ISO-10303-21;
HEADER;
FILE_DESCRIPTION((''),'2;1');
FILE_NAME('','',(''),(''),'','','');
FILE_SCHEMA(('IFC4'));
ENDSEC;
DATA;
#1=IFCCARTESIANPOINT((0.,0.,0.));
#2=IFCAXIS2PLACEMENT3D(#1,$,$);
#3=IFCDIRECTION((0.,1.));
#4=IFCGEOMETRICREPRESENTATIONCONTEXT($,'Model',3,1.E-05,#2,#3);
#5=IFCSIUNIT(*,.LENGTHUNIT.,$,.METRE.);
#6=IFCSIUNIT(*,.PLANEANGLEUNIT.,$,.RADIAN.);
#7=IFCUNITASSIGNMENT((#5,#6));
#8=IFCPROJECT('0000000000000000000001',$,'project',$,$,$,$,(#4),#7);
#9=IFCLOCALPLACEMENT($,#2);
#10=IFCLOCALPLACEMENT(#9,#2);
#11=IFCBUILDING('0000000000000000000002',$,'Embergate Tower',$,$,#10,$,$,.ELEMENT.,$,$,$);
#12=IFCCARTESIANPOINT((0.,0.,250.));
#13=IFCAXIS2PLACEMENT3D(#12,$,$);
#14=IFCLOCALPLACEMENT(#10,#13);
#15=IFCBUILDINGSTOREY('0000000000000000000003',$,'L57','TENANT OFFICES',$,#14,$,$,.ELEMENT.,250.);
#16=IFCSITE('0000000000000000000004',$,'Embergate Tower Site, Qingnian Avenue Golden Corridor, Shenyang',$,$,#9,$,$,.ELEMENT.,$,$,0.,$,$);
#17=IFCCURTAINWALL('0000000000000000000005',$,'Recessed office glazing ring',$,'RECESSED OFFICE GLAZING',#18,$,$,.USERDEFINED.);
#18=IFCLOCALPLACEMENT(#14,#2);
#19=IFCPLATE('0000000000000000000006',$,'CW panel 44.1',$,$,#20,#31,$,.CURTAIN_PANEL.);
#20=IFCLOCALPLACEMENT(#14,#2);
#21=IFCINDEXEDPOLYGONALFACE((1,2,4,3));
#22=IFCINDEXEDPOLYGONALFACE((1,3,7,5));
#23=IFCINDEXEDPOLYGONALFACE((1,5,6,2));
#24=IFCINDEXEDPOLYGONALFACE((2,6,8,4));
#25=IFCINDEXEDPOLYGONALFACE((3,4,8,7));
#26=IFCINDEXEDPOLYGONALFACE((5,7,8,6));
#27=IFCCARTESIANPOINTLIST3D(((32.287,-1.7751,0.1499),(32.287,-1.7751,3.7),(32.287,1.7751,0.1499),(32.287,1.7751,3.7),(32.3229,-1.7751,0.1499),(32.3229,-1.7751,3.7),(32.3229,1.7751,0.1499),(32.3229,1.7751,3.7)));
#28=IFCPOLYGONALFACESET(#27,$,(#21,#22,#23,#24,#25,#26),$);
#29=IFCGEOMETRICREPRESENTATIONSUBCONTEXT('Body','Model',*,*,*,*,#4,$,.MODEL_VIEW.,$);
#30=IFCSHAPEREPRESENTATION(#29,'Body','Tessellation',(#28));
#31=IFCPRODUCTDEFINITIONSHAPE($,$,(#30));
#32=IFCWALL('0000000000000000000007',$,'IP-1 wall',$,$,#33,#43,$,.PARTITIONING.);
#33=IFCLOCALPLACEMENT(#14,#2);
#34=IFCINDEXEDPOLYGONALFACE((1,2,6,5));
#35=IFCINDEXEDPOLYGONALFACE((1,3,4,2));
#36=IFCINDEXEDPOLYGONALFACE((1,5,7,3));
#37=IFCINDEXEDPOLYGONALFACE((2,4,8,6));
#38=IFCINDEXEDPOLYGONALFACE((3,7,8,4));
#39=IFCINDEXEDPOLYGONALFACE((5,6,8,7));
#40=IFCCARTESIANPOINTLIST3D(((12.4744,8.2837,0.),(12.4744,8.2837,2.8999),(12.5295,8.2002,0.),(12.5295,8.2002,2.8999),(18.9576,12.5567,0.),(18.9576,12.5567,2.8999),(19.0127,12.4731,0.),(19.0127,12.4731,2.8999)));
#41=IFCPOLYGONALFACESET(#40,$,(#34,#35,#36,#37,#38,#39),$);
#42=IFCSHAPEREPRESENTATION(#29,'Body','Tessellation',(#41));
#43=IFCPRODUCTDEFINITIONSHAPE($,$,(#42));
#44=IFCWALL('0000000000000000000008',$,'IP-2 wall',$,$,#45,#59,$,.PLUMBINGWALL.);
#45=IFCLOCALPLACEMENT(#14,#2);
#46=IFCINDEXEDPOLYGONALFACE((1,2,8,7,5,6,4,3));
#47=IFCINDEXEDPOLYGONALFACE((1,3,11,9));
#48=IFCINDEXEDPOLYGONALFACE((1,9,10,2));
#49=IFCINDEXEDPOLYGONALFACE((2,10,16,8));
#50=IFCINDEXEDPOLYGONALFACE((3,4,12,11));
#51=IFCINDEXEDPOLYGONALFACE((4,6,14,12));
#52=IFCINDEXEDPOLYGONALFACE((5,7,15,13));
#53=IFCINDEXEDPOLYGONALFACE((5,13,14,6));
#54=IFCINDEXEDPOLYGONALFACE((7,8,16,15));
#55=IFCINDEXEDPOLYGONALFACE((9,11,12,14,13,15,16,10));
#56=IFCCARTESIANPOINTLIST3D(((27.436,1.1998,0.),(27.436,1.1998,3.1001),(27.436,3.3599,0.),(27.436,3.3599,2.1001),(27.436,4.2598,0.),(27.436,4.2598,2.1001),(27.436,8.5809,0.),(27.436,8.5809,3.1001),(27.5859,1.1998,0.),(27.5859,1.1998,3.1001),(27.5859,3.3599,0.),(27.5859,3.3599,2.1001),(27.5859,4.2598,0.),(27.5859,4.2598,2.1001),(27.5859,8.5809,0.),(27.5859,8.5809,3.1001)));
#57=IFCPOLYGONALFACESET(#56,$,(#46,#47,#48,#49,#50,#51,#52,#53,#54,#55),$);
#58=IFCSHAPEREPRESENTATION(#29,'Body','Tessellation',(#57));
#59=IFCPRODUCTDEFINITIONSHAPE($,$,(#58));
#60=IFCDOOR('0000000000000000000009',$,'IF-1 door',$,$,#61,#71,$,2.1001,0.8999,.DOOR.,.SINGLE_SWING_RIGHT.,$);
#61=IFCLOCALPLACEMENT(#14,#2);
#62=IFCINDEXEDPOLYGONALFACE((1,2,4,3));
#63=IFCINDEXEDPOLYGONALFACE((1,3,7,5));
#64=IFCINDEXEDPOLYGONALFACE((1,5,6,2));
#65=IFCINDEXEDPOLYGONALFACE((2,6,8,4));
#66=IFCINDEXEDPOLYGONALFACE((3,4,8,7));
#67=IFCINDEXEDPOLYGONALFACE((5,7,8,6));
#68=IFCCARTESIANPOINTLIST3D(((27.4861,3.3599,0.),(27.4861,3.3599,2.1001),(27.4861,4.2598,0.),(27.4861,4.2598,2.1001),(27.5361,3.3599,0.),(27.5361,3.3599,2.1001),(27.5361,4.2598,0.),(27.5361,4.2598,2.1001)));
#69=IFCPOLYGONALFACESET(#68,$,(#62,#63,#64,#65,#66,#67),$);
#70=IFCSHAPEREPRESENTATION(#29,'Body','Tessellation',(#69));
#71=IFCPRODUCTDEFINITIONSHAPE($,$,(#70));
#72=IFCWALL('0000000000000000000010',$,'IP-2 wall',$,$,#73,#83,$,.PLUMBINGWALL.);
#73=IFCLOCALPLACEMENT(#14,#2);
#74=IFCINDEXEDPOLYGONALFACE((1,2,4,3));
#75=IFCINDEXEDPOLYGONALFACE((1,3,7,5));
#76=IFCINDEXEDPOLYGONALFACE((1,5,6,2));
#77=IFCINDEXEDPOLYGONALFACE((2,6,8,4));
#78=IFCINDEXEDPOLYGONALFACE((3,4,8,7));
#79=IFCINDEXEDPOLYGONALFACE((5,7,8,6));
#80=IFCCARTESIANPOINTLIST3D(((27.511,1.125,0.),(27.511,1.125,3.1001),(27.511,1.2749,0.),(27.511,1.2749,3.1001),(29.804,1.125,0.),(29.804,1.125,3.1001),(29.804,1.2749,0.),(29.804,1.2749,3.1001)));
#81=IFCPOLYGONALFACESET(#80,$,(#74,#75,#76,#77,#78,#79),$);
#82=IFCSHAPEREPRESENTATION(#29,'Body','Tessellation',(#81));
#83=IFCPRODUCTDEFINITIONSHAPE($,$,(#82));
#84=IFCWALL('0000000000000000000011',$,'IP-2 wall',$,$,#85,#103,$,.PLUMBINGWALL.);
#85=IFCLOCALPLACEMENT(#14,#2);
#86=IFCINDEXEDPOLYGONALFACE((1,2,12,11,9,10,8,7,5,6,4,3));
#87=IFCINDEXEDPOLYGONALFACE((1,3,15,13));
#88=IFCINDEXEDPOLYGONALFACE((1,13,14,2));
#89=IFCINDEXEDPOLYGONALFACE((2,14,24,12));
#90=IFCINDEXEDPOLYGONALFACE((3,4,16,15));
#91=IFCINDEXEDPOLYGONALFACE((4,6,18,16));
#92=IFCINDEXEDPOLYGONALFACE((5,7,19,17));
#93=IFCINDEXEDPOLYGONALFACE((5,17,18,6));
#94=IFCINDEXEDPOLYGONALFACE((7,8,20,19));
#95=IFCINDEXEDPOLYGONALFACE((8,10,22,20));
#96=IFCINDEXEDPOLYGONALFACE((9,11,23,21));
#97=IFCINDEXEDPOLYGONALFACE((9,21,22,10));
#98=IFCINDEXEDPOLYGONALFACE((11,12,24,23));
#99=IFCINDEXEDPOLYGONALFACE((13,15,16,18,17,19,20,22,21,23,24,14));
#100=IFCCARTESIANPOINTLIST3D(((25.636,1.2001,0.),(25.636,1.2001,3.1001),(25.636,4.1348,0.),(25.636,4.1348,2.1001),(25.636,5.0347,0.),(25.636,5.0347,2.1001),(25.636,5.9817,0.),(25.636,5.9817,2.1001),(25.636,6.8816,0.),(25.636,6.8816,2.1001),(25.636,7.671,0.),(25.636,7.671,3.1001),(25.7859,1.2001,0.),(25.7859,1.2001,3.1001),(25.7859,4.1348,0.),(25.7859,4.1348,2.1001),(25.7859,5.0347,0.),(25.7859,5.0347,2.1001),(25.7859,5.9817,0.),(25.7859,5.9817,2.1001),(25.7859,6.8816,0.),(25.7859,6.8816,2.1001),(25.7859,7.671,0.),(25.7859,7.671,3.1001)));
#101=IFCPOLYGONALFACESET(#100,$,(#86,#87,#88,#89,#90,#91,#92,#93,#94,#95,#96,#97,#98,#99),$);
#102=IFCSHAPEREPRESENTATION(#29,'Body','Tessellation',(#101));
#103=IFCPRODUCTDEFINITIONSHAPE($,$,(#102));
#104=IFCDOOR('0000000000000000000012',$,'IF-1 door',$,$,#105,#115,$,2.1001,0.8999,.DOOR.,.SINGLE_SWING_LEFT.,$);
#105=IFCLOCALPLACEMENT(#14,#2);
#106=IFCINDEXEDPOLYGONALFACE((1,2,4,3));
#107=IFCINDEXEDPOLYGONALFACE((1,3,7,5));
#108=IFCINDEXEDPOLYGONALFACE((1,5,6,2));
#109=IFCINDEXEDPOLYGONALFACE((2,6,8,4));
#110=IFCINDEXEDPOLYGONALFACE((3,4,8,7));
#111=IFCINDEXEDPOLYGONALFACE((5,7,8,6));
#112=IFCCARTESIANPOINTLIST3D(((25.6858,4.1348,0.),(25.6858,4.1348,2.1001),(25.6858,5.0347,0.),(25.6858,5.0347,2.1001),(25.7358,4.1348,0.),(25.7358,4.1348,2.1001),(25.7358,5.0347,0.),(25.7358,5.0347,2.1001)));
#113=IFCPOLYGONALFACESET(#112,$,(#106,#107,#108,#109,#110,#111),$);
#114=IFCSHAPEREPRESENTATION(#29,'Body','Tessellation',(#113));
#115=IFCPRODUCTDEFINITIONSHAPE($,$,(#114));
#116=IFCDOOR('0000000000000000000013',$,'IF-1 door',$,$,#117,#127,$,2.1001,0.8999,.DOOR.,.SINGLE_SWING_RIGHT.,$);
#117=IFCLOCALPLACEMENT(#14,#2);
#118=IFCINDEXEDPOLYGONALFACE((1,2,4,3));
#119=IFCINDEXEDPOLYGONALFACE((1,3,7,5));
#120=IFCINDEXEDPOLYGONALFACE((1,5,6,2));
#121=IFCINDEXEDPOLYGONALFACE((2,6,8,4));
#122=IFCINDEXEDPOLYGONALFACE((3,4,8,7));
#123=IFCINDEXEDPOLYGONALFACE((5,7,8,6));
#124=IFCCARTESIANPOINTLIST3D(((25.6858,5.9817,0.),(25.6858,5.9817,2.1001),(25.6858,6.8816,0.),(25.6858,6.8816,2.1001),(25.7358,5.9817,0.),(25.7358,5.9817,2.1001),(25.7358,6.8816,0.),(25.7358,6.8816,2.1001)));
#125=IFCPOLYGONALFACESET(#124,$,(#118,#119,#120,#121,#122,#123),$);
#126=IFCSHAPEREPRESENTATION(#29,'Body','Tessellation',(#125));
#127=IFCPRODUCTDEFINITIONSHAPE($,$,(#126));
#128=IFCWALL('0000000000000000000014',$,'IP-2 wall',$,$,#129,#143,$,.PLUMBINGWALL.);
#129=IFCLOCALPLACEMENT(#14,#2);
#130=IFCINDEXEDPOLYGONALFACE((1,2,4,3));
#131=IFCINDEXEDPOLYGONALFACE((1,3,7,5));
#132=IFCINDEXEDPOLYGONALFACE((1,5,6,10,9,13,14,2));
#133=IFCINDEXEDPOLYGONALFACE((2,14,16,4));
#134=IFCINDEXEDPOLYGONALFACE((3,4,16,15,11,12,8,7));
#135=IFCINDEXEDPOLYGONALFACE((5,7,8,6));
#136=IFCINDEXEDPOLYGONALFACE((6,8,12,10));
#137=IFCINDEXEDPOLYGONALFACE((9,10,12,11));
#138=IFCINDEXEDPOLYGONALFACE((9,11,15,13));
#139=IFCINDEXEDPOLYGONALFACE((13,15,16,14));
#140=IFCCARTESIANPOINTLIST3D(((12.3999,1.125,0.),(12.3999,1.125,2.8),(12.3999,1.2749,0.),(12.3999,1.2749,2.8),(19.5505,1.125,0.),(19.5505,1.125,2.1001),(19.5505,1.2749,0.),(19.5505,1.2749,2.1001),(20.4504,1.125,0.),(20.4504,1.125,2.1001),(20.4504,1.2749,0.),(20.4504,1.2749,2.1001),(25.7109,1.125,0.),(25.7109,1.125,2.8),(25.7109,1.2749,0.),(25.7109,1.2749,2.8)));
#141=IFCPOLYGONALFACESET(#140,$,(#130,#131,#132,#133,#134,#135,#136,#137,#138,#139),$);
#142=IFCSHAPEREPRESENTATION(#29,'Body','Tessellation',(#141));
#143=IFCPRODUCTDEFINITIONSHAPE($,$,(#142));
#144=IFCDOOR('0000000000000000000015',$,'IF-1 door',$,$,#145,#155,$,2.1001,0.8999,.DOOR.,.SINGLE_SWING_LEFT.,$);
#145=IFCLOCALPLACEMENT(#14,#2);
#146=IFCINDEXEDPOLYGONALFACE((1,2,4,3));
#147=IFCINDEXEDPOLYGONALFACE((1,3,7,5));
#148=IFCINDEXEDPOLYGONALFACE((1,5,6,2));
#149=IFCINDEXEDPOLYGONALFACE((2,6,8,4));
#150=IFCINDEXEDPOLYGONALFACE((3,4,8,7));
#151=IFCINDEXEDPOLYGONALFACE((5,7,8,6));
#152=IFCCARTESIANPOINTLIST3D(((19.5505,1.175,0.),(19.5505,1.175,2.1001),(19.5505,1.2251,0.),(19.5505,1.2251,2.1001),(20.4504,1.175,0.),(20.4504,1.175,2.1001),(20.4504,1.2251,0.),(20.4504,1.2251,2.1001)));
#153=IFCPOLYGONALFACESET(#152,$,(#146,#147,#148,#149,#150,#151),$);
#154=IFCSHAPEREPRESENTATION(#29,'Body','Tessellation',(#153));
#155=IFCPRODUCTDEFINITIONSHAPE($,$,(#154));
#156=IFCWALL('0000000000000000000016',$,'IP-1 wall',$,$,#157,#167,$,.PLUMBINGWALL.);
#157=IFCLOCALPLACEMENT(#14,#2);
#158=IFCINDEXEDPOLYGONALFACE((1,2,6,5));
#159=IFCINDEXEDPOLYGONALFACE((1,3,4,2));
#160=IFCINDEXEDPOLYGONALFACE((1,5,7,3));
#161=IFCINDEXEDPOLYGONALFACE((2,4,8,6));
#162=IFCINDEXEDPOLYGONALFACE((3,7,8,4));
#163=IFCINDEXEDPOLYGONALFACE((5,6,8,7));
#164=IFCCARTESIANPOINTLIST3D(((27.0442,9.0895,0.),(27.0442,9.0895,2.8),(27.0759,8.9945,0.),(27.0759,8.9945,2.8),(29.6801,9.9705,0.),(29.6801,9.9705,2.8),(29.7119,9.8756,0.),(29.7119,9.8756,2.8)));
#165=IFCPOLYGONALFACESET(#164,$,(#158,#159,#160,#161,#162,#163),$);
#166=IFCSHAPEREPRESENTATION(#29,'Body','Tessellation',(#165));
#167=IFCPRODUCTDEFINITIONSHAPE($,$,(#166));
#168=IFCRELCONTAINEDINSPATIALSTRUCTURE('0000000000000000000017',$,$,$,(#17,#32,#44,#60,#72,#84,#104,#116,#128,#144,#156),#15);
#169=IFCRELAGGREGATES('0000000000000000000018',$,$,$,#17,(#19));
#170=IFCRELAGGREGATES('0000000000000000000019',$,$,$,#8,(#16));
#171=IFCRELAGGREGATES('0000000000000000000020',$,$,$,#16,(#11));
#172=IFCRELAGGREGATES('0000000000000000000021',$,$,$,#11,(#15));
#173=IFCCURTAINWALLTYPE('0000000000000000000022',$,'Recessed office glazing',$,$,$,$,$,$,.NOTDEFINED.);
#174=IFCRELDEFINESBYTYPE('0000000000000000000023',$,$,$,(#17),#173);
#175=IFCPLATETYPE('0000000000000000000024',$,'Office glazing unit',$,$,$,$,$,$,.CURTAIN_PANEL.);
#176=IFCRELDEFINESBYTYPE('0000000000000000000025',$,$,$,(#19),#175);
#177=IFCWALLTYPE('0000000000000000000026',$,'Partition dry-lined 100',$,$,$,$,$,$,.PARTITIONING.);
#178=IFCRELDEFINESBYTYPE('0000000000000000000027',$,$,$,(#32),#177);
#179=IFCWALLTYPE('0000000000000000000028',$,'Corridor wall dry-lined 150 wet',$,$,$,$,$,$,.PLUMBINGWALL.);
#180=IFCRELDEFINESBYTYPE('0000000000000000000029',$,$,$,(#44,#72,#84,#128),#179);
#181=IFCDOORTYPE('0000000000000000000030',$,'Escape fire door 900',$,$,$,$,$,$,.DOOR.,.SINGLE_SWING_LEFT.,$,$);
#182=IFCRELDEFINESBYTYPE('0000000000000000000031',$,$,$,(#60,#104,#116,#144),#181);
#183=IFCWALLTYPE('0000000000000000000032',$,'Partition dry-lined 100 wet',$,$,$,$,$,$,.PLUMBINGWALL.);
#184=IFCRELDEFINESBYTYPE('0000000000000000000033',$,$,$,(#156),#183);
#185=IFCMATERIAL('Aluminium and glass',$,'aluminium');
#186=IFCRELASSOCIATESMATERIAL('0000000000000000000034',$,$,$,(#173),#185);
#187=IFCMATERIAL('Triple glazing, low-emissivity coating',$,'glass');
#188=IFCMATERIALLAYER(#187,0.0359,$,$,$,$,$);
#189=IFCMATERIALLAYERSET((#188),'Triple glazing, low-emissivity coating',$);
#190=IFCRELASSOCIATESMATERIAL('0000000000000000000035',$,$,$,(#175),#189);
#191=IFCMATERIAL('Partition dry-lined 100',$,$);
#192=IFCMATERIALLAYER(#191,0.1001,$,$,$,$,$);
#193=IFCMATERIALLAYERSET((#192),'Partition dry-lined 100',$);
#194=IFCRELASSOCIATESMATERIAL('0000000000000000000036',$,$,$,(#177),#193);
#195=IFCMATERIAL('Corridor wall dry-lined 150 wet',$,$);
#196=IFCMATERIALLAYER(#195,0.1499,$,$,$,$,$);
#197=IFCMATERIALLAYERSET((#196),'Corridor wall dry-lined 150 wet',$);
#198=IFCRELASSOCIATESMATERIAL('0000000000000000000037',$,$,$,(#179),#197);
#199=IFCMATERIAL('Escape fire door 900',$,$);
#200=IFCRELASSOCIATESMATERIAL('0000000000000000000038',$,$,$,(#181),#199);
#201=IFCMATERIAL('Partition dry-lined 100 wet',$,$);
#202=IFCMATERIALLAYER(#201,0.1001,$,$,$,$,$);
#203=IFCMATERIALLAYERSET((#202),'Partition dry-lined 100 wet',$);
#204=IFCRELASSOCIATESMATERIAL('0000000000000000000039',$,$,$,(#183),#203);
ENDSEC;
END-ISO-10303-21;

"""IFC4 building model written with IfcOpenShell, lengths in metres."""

from ifc_helpers import new_model, si_unit, direction, frame, frame_2d, origin, origin_2d, place, context, subcontext, project, spatial, rectangle, extrude, source, transform, mapped, material, layer, layer_set, type_object, element, fill, aggregate, save


model = new_model("IFC4")

# Units and contexts
model_context = context("Model", 3, precision=1e-05, world=origin(), true_north=direction((0.0, 1.0)))
body_context = subcontext(model_context, "Body", "Model", "MODEL_VIEW")
ifc_project = project(units=[si_unit("LENGTHUNIT", "METRE"), si_unit("PLANEANGLEUNIT", "RADIAN")], contexts=[model_context])

# Site, building, storey
site_placement = place(None, origin())
site = spatial("IfcSite", under=ifc_project, at=site_placement, Name="Embergate Tower Site, Qingnian Avenue Golden Corridor, Shenyang", CompositionType="ELEMENT", RefElevation=0.0)
building_placement = place(site_placement, origin())
building = spatial("IfcBuilding", under=site, at=building_placement, Name="Embergate Tower", CompositionType="ELEMENT")
storey_placement = place(building_placement, frame((0.0, 0.0, 250.0)))
storey = spatial("IfcBuildingStorey", under=building, at=storey_placement, Name="L57", Description="TENANT OFFICES", CompositionType="ELEMENT", Elevation=250.0)

# Curtain wall, plate
ifc_material_1 = material(Name="Aluminium and glass", Category="aluminium")
curtain_wall_type = type_object("IfcCurtainWallType", Name="Recessed office glazing", PredefinedType="NOTDEFINED", material=ifc_material_1)
curtain_wall_placement = place(storey_placement, origin())
curtain_wall = element("IfcCurtainWall", 1, at=curtain_wall_placement, inside=storey, type_object=curtain_wall_type, Name="Recessed office glazing ring", ObjectType="RECESSED OFFICE GLAZING", PredefinedType="USERDEFINED")
ifc_material_2 = material(Name="Triple glazing, low-emissivity coating", Category="glass")
ifc_layer_1 = layer(ifc_material_2, 0.0359)
ifc_layer_set_1 = layer_set([ifc_layer_1], Name="Triple glazing, low-emissivity coating")
plate_type = type_object("IfcPlateType", Name="Office glazing unit", PredefinedType="CURTAIN_PANEL", material=ifc_layer_set_1)
shared_shape_1 = source(origin(), body_context, "Body", "SweptSolid", [
    extrude(rectangle(XDim=3.5503, YDim=0.0359, at=origin_2d()), origin(), (0.0, 0.0, 1.0), 3.55),
])
plate_1_placement = place(storey_placement, frame((32.3049, 0.0, 0.1499), z_axis=(0.0, 0.0, 1.0), x_axis=(0.0, 1.0, 0.0)))
plate_1 = element("IfcPlate", 2, at=plate_1_placement, type_object=plate_type, Name="CW panel 44.1", PredefinedType="CURTAIN_PANEL", context=body_context, shape_type="MappedRepresentation", body=[
    mapped(shared_shape_1, transform((0.0, 0.0, 0.0))),
])
aggregate(curtain_wall, [plate_1])

# Wall
ifc_material_3 = material(Name="Partition dry-lined 100")
ifc_layer_2 = layer(ifc_material_3, 0.1001)
ifc_layer_set_2 = layer_set([ifc_layer_2], Name="Partition dry-lined 100")
wall_type_1 = type_object("IfcWallType", Name="Partition dry-lined 100", PredefinedType="PARTITIONING", material=ifc_layer_set_2)
shared_shape_2 = source(origin(), body_context, "Body", "SweptSolid", [
    extrude(rectangle(XDim=7.7646, YDim=0.1001, at=frame_2d((3.8823, 0.0))), origin(), (0.0, 0.0, 1.0), 2.8999),
])
wall_1_placement = place(storey_placement, frame((12.502, 8.2419, 0.0), z_axis=(0.0, 0.0, 1.0), x_axis=(0.834961, 0.55031, 0.0)))
element("IfcWall", 3, at=wall_1_placement, inside=storey, type_object=wall_type_1, Name="IP-1 wall", PredefinedType="PARTITIONING", context=body_context, shape_type="MappedRepresentation", body=[
    mapped(shared_shape_2, transform((0.0, 0.0, 0.0))),
])

# Wall, opening, door
ifc_material_4 = material(Name="Corridor wall dry-lined 150 wet")
ifc_layer_3 = layer(ifc_material_4, 0.1499)
ifc_layer_set_3 = layer_set([ifc_layer_3], Name="Corridor wall dry-lined 150 wet")
wall_type_2 = type_object("IfcWallType", Name="Corridor wall dry-lined 150 wet", PredefinedType="PLUMBINGWALL", material=ifc_layer_set_3)
shared_shape_3 = source(origin(), body_context, "Body", "SweptSolid", [
    extrude(rectangle(XDim=7.3811, YDim=0.1499, at=frame_2d((3.6904, 0.0))), origin(), (0.0, 0.0, 1.0), 3.1001),
])
wall_2_placement = place(storey_placement, frame((27.511, 1.2, 0.0), z_axis=(0.0, 0.0, 1.0), x_axis=(0.0, 1.0, 0.0)))
wall_2 = element("IfcWall", 4, at=wall_2_placement, inside=storey, type_object=wall_type_2, Name="IP-2 wall", PredefinedType="PLUMBINGWALL", context=body_context, shape_type="MappedRepresentation", body=[
    mapped(shared_shape_3, transform((0.0, 0.0, 0.0))),
])
shared_shape_4 = source(origin(), body_context, "Body", "SweptSolid", [
    extrude(rectangle(XDim=0.8999, YDim=2.1001, at=frame_2d((0.45, 1.05))), frame((0.0, 0.085, 0.0), z_axis=(0.0, -1.0, 0.0), x_axis=(1.0, 0.0, 0.0)), (0.0, 0.0, 1.0), 0.1699),
])
opening_1_placement = place(wall_2_placement, frame((2.1599, 0.0, 0.0)))
opening_1 = element("IfcOpeningElement", 5, at=opening_1_placement, cuts=wall_2, PredefinedType="OPENING", context=body_context, shape_type="MappedRepresentation", body=[
    mapped(shared_shape_4, transform((0.0, 0.0, 0.0))),
])
ifc_material_5 = material(Name="Escape fire door 900")
door_type = type_object("IfcDoorType", Name="Escape fire door 900", OperationType="SINGLE_SWING_LEFT", PredefinedType="DOOR", material=ifc_material_5)
shared_shape_5 = source(origin(), body_context, "Body", "SweptSolid", [
    extrude(rectangle(XDim=0.8999, YDim=2.1001, at=frame_2d((0.45, 1.05))), frame((0.0, 0.0249, 0.0), z_axis=(0.0, -1.0, 0.0), x_axis=(1.0, 0.0, 0.0)), (0.0, 0.0, 1.0), 0.05),
])
door_1_placement = place(opening_1_placement, origin())
door_1 = element("IfcDoor", 6, at=door_1_placement, inside=storey, type_object=door_type, Name="IF-1 door", OperationType="SINGLE_SWING_RIGHT", OverallHeight=2.1001, OverallWidth=0.8999, PredefinedType="DOOR", context=body_context, shape_type="MappedRepresentation", body=[
    mapped(shared_shape_5, transform((0.0, 0.0, 0.0))),
])
fill(opening_1, door_1)

# Wall
shared_shape_6 = source(origin(), body_context, "Body", "SweptSolid", [
    extrude(rectangle(XDim=2.293, YDim=0.1499, at=frame_2d((1.1465, 0.0))), origin(), (0.0, 0.0, 1.0), 3.1001),
])
wall_3_placement = place(storey_placement, frame((29.804, 1.2, 0.0), z_axis=(0.0, 0.0, 1.0), x_axis=(-1.0, 0.0, 0.0)))
element("IfcWall", 7, at=wall_3_placement, inside=storey, type_object=wall_type_2, Name="IP-2 wall", PredefinedType="PLUMBINGWALL", context=body_context, shape_type="MappedRepresentation", body=[
    mapped(shared_shape_6, transform((0.0, 0.0, 0.0))),
])

# Wall, openings, doors
shared_shape_7 = source(origin(), body_context, "Body", "SweptSolid", [
    extrude(rectangle(XDim=6.4709, YDim=0.1499, at=frame_2d((3.2354, 0.0))), origin(), (0.0, 0.0, 1.0), 3.1001),
])
wall_4_placement = place(storey_placement, frame((25.7109, 7.6709, 0.0), z_axis=(0.0, 0.0, 1.0), x_axis=(0.0, -1.0, 0.0)))
wall_4 = element("IfcWall", 8, at=wall_4_placement, inside=storey, type_object=wall_type_2, Name="IP-2 wall", PredefinedType="PLUMBINGWALL", context=body_context, shape_type="MappedRepresentation", body=[
    mapped(shared_shape_7, transform((0.0, 0.0, 0.0))),
])
opening_2_placement = place(wall_4_placement, frame((2.6362, 0.0, 0.0)))
opening_2 = element("IfcOpeningElement", 9, at=opening_2_placement, cuts=wall_4, PredefinedType="OPENING", context=body_context, shape_type="MappedRepresentation", body=[
    mapped(shared_shape_4, transform((0.0, 0.0, 0.0))),
])
opening_3_placement = place(wall_4_placement, frame((0.7893, 0.0, 0.0)))
opening_3 = element("IfcOpeningElement", 10, at=opening_3_placement, cuts=wall_4, PredefinedType="OPENING", context=body_context, shape_type="MappedRepresentation", body=[
    mapped(shared_shape_4, transform((0.0, 0.0, 0.0))),
])
door_2_placement = place(opening_2_placement, origin())
door_2 = element("IfcDoor", 11, at=door_2_placement, inside=storey, type_object=door_type, Name="IF-1 door", OperationType="SINGLE_SWING_LEFT", OverallHeight=2.1001, OverallWidth=0.8999, PredefinedType="DOOR", context=body_context, shape_type="MappedRepresentation", body=[
    mapped(shared_shape_5, transform((0.0, 0.0, 0.0))),
])
fill(opening_2, door_2)
door_3_placement = place(opening_3_placement, origin())
door_3 = element("IfcDoor", 12, at=door_3_placement, inside=storey, type_object=door_type, Name="IF-1 door", OperationType="SINGLE_SWING_RIGHT", OverallHeight=2.1001, OverallWidth=0.8999, PredefinedType="DOOR", context=body_context, shape_type="MappedRepresentation", body=[
    mapped(shared_shape_5, transform((0.0, 0.0, 0.0))),
])
fill(opening_3, door_3)

# Wall, opening, door
shared_shape_8 = source(origin(), body_context, "Body", "SweptSolid", [
    extrude(rectangle(XDim=13.311, YDim=0.1499, at=frame_2d((6.6555, 0.0))), origin(), (0.0, 0.0, 1.0), 2.8),
])
wall_5_placement = place(storey_placement, frame((25.7109, 1.2, 0.0), z_axis=(0.0, 0.0, 1.0), x_axis=(-1.0, 0.0, 0.0)))
wall_5 = element("IfcWall", 13, at=wall_5_placement, inside=storey, type_object=wall_type_2, Name="IP-2 wall", PredefinedType="PLUMBINGWALL", context=body_context, shape_type="MappedRepresentation", body=[
    mapped(shared_shape_8, transform((0.0, 0.0, 0.0))),
])
opening_4_placement = place(wall_5_placement, frame((5.2605, 0.0, 0.0)))
opening_4 = element("IfcOpeningElement", 14, at=opening_4_placement, cuts=wall_5, PredefinedType="OPENING", context=body_context, shape_type="MappedRepresentation", body=[
    mapped(shared_shape_4, transform((0.0, 0.0, 0.0))),
])
door_4_placement = place(opening_4_placement, origin())
door_4 = element("IfcDoor", 15, at=door_4_placement, inside=storey, type_object=door_type, Name="IF-1 door", OperationType="SINGLE_SWING_LEFT", OverallHeight=2.1001, OverallWidth=0.8999, PredefinedType="DOOR", context=body_context, shape_type="MappedRepresentation", body=[
    mapped(shared_shape_5, transform((0.0, 0.0, 0.0))),
])
fill(opening_4, door_4)

# Wall
ifc_material_6 = material(Name="Partition dry-lined 100 wet")
ifc_layer_4 = layer(ifc_material_6, 0.1001)
ifc_layer_set_4 = layer_set([ifc_layer_4], Name="Partition dry-lined 100 wet")
wall_type_3 = type_object("IfcWallType", Name="Partition dry-lined 100 wet", PredefinedType="PLUMBINGWALL", material=ifc_layer_set_4)
shared_shape_9 = source(origin(), body_context, "Body", "SweptSolid", [
    extrude(rectangle(XDim=2.7793, YDim=0.1001, at=frame_2d((1.3896, 0.0))), origin(), (0.0, 0.0, 1.0), 2.8),
])
wall_6_placement = place(storey_placement, frame((27.0601, 9.042, 0.0), z_axis=(0.0, 0.0, 1.0), x_axis=(0.948419, 0.317018, 0.0)))
element("IfcWall", 16, at=wall_6_placement, inside=storey, type_object=wall_type_3, Name="IP-1 wall", PredefinedType="PLUMBINGWALL", context=body_context, shape_type="MappedRepresentation", body=[
    mapped(shared_shape_9, transform((0.0, 0.0, 0.0))),
])

save(model, "model.ifc")
